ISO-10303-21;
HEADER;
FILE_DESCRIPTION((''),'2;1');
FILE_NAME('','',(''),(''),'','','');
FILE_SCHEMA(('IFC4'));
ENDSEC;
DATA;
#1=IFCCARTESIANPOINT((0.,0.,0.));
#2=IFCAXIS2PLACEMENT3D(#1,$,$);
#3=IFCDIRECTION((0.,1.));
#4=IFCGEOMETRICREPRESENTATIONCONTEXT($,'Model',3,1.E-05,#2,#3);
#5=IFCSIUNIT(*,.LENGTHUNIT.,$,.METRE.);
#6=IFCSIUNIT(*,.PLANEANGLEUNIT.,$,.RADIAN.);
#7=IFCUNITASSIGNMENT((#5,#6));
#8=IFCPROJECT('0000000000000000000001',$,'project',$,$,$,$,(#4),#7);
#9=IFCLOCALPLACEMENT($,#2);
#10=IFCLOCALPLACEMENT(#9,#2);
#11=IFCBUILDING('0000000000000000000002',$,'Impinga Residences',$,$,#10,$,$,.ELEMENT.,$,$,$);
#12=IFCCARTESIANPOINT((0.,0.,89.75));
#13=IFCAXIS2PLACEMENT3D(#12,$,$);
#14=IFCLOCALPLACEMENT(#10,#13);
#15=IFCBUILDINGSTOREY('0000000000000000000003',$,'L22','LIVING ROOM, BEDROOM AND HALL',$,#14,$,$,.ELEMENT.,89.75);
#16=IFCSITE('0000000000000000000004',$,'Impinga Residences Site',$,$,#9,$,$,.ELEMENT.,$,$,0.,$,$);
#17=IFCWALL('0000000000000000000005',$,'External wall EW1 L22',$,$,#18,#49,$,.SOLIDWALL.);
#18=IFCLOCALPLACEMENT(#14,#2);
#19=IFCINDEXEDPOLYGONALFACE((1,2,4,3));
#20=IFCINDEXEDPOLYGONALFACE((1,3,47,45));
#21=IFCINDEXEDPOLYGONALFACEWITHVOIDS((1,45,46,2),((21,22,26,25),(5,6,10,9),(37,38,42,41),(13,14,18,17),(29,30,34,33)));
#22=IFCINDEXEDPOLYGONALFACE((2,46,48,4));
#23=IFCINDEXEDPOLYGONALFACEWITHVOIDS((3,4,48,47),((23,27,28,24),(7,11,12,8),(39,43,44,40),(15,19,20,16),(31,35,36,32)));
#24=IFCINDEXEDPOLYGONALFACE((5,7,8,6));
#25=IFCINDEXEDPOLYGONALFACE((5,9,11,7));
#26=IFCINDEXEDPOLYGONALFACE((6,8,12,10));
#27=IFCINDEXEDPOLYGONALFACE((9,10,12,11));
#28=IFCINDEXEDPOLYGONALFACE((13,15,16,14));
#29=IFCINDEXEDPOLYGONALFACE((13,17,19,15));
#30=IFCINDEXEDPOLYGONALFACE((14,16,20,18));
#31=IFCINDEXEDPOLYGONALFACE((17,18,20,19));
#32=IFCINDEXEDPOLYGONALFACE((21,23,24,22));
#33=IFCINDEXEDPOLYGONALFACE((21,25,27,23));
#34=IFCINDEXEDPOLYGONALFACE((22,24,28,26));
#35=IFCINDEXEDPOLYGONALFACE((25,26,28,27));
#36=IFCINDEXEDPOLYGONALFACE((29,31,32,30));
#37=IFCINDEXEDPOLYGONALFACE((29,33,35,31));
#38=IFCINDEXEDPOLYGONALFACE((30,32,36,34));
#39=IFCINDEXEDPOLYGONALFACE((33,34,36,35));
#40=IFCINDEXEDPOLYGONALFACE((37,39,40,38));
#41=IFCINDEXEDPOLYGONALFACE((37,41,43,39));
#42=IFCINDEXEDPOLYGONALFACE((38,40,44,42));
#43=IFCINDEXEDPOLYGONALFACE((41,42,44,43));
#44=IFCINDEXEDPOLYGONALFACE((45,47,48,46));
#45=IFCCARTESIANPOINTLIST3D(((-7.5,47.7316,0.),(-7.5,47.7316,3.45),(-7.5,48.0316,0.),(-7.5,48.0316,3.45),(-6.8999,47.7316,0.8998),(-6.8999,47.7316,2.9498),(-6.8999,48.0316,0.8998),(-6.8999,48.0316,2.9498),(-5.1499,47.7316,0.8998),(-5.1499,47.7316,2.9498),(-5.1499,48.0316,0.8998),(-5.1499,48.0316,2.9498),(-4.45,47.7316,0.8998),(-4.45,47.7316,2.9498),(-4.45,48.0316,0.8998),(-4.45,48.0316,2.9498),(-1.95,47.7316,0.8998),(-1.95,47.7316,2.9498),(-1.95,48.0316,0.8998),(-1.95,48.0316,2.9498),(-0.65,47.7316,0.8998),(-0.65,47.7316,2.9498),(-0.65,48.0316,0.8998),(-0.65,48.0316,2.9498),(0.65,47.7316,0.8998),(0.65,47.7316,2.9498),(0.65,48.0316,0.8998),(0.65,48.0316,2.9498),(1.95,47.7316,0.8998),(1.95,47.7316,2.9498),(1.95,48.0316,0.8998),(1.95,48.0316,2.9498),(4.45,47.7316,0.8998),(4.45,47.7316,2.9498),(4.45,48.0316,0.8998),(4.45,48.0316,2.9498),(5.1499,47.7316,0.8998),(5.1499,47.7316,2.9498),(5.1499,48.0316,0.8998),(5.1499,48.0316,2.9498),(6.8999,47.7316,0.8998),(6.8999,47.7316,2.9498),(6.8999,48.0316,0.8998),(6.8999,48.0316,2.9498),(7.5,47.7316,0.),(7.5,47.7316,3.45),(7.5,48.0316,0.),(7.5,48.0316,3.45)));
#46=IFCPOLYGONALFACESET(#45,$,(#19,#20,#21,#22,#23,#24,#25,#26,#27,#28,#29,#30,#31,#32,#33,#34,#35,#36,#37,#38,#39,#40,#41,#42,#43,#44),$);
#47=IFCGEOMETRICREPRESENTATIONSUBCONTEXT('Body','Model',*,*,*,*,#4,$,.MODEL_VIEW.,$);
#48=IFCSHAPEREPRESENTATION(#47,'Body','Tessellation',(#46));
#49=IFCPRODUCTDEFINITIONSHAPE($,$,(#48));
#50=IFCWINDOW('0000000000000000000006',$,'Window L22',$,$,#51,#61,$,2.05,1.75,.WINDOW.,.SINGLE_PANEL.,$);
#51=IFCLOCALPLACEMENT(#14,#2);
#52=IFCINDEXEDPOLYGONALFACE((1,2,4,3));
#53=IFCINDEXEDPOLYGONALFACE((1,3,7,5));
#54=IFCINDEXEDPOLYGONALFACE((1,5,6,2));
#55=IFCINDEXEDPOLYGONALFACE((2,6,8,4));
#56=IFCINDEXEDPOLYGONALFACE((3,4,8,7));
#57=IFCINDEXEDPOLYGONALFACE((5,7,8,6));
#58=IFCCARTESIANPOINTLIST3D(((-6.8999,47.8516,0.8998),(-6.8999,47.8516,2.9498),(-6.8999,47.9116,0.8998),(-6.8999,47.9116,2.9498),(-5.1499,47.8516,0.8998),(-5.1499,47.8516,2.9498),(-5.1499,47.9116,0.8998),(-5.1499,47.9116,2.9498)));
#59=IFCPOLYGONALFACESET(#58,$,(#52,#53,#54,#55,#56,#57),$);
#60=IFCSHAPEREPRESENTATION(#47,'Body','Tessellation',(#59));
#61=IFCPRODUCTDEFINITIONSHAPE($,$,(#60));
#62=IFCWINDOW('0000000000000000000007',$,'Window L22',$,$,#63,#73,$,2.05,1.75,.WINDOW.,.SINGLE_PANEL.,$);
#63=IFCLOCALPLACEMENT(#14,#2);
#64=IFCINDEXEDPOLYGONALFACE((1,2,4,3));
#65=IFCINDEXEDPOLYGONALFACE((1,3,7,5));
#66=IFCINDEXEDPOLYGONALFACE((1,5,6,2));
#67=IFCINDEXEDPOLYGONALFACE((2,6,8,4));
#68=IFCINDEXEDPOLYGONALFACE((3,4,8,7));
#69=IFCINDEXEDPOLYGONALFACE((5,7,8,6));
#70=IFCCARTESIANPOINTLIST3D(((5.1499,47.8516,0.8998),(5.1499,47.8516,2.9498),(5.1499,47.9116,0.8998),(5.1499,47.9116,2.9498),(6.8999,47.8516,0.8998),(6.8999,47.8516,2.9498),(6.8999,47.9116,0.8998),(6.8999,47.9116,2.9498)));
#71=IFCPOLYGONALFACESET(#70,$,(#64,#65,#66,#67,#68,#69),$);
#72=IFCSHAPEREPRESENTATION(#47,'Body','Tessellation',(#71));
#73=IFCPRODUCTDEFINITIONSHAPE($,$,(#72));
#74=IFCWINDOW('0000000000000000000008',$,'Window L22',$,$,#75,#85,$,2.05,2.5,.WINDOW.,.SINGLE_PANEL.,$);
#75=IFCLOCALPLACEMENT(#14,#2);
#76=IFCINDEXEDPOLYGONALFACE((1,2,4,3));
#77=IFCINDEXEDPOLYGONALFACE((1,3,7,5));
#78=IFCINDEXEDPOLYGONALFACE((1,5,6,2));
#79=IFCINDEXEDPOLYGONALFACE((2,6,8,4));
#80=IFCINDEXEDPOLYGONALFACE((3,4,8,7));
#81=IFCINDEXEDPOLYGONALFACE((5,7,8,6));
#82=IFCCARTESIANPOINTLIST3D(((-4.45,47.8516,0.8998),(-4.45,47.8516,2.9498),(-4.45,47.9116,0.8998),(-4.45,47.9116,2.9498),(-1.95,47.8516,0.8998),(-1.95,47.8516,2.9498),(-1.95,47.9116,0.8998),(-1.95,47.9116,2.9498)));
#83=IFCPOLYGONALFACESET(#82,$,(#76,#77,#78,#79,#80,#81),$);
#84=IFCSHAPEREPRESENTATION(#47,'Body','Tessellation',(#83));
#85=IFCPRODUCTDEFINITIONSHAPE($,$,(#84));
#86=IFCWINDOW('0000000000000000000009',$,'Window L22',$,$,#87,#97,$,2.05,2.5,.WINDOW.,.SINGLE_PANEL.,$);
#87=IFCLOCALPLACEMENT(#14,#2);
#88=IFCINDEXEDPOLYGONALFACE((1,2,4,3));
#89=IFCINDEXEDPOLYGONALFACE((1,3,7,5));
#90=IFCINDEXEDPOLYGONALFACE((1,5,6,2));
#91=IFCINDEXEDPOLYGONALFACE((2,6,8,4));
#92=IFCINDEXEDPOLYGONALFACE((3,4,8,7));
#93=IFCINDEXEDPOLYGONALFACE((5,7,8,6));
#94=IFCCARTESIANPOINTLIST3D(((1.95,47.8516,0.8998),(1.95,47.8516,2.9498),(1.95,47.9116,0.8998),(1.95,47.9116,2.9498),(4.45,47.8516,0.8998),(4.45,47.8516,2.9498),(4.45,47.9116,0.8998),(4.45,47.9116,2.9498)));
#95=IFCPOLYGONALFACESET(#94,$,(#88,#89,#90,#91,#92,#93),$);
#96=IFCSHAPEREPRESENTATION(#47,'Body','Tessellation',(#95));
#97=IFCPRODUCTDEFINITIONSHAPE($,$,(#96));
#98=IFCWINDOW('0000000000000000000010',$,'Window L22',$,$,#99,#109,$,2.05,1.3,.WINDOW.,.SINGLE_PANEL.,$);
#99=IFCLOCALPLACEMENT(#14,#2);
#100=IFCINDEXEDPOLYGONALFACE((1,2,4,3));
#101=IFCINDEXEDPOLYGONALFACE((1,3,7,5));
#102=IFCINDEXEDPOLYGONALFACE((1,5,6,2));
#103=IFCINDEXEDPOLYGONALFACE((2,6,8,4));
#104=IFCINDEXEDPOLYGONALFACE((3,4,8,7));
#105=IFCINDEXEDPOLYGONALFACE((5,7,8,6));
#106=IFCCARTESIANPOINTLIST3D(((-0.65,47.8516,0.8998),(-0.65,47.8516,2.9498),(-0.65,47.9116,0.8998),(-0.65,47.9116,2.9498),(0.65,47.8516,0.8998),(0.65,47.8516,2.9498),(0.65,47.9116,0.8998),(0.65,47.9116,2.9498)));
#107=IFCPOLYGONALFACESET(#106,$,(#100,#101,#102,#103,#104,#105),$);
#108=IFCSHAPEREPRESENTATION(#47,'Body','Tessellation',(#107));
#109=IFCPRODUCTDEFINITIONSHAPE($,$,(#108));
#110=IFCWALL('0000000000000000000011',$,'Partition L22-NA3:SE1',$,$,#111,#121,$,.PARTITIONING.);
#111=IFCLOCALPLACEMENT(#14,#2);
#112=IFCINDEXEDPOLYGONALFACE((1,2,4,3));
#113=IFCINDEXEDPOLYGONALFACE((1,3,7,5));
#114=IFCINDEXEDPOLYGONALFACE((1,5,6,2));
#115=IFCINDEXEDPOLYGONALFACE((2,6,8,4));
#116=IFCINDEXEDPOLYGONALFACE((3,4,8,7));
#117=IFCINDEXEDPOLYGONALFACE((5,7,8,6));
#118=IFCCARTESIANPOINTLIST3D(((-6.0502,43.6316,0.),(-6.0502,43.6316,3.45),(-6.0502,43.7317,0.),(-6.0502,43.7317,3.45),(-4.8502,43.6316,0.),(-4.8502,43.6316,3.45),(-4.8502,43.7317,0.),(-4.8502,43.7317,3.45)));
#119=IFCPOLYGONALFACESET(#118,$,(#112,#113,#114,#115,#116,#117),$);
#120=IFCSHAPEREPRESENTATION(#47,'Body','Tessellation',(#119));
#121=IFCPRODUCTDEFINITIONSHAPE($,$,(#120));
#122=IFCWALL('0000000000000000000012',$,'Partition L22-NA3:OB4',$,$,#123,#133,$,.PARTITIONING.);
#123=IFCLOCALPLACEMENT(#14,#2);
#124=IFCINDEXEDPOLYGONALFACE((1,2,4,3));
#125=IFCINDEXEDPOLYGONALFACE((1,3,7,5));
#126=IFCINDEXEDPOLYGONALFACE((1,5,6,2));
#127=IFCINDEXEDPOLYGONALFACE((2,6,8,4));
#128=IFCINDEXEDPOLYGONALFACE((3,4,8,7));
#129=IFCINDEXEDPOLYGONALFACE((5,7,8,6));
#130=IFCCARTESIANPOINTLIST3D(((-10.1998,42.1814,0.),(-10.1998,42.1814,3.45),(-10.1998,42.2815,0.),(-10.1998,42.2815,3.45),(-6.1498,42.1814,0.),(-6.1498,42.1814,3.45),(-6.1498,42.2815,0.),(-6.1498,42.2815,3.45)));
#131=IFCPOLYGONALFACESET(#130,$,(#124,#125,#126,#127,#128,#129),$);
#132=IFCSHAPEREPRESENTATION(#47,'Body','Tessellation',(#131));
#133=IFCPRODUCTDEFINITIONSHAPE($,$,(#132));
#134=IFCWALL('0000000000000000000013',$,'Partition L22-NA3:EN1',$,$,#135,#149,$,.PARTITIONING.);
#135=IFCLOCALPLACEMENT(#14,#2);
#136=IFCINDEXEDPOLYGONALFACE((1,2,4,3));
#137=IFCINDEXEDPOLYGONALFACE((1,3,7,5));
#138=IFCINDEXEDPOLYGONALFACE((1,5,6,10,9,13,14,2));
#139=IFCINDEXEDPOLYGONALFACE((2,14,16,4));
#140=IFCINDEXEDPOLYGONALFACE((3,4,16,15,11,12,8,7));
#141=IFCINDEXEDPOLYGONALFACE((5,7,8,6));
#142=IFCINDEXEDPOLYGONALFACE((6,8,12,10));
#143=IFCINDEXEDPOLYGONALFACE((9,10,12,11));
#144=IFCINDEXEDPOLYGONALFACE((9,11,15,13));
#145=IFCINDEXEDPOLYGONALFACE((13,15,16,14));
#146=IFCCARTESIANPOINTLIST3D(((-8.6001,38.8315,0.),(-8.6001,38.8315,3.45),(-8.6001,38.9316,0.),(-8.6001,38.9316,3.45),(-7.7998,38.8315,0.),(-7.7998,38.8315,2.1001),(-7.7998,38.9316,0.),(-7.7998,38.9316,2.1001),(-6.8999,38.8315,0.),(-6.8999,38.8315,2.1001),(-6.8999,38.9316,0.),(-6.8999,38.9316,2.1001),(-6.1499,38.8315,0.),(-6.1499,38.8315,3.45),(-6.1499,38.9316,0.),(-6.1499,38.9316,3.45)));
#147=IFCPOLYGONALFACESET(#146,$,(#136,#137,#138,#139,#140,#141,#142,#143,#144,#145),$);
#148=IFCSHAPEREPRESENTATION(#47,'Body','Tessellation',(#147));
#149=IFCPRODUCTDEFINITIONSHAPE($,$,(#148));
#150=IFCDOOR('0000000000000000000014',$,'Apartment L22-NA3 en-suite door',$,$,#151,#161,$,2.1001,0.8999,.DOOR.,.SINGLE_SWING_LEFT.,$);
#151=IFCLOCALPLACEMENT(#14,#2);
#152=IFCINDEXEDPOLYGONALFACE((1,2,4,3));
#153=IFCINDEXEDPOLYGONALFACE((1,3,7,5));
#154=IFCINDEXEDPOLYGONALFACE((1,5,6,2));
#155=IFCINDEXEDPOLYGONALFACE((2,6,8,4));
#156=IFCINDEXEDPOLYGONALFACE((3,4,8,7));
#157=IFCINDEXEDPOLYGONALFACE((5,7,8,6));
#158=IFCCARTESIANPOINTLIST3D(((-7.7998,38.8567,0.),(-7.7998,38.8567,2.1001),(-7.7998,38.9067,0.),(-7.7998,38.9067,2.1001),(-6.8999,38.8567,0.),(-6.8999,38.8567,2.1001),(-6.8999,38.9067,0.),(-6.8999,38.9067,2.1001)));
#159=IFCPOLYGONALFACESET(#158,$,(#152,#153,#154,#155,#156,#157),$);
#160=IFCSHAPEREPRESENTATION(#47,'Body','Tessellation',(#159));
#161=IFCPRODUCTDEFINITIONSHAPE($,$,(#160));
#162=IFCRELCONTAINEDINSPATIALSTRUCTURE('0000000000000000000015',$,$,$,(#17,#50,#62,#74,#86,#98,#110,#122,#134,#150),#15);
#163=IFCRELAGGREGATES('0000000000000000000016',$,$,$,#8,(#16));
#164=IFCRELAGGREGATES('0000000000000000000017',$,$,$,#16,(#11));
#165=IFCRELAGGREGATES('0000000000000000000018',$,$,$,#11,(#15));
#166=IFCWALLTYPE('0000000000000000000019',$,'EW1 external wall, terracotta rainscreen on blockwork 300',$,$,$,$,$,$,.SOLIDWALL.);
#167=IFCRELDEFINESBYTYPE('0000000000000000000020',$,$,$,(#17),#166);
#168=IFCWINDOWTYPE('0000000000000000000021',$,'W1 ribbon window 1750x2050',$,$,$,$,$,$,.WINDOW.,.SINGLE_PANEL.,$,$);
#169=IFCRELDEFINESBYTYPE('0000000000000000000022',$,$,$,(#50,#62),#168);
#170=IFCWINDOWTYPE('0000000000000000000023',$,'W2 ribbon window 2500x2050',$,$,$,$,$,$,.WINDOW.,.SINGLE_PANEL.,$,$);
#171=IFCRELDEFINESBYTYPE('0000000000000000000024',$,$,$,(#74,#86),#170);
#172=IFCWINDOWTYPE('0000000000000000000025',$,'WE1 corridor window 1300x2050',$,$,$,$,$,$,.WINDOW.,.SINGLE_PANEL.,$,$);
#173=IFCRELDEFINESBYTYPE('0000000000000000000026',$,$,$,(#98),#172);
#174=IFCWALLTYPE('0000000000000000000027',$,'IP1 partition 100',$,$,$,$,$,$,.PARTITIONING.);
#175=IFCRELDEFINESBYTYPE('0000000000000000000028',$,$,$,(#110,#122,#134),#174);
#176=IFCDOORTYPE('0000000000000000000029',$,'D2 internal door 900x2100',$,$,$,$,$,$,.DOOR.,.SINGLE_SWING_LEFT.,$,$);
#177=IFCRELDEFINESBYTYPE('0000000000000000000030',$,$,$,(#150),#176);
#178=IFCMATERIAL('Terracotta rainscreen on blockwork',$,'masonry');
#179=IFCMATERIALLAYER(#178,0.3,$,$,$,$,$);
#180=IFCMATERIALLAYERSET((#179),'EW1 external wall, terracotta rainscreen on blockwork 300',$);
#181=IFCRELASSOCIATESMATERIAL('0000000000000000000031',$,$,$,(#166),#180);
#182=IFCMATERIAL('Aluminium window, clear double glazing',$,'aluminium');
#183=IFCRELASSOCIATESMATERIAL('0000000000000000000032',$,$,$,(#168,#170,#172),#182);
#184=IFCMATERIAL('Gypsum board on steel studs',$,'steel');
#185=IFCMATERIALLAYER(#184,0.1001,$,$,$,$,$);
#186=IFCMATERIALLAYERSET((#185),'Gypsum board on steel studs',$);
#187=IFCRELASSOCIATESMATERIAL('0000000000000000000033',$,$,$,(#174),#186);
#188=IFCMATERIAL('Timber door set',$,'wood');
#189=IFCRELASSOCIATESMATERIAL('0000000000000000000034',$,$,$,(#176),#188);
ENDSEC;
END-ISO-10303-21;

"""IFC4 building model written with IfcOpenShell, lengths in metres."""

from ifc_helpers import new_model, si_unit, direction, frame, frame_2d, origin, place, context, subcontext, project, spatial, rectangle, extrude, material, layer, layer_set, type_object, element, fill, save


model = new_model("IFC4")

# Units and contexts
model_context = context("Model", 3, precision=1e-05, world=origin(), true_north=direction((0.0, 1.0)))
body_context = subcontext(model_context, "Body", "Model", "MODEL_VIEW")
ifc_project = project(units=[si_unit("LENGTHUNIT", "METRE"), si_unit("PLANEANGLEUNIT", "RADIAN")], contexts=[model_context])

# Site, building, storey
site_placement = place(None, origin())
site = spatial("IfcSite", under=ifc_project, at=site_placement, Name="Impinga Residences Site", CompositionType="ELEMENT", RefElevation=0.0)
building_placement = place(site_placement, origin())
building = spatial("IfcBuilding", under=site, at=building_placement, Name="Impinga Residences", CompositionType="ELEMENT")
storey_placement = place(building_placement, frame((0.0, 0.0, 89.75)))
storey = spatial("IfcBuildingStorey", under=building, at=storey_placement, Name="L22", Description="LIVING ROOM, BEDROOM AND HALL", CompositionType="ELEMENT", Elevation=89.75)

# Shared definitions
ifc_material_1 = material(Name="Terracotta rainscreen on blockwork", Category="masonry")
ifc_layer_1 = layer(ifc_material_1, 0.3)
ifc_layer_set_1 = layer_set([ifc_layer_1], Name="EW1 external wall, terracotta rainscreen on blockwork 300")
wall_type_1 = type_object("IfcWallType", Name="EW1 external wall, terracotta rainscreen on blockwork 300", PredefinedType="SOLIDWALL", material=ifc_layer_set_1)

# Wall, openings, windows
wall_1_placement = place(storey_placement, frame((-7.5, 47.8816, 0.0), z_axis=(0.0, 0.0, 1.0), x_axis=(1.0, 0.0, 0.0)))
wall_1 = element("IfcWall", 1, at=wall_1_placement, inside=storey, type_object=wall_type_1, Name="External wall EW1 L22", PredefinedType="SOLIDWALL", context=body_context, shape_type="SweptSolid", body=[
    extrude(rectangle(XDim=15.0, YDim=0.3, at=frame_2d((7.5, 0.0))), origin(), (0.0, 0.0, 1.0), 3.45),
])
opening_1_placement = place(wall_1_placement, frame((0.6001, 0.0, 0.8999)))
opening_1 = element("IfcOpeningElement", 2, at=opening_1_placement, cuts=wall_1, PredefinedType="OPENING", context=body_context, shape_type="SweptSolid", body=[
    extrude(rectangle(XDim=1.75, YDim=2.05, at=frame_2d((0.875, 1.0249))), frame((0.0, 0.1599, 0.0), z_axis=(0.0, -1.0, 0.0), x_axis=(1.0, 0.0, 0.0)), (0.0, 0.0, 1.0), 0.3201),
])
opening_2_placement = place(wall_1_placement, frame((3.05, 0.0, 0.8999)))
opening_2 = element("IfcOpeningElement", 3, at=opening_2_placement, cuts=wall_1, PredefinedType="OPENING", context=body_context, shape_type="SweptSolid", body=[
    extrude(rectangle(XDim=2.5, YDim=2.05, at=frame_2d((1.25, 1.0249))), frame((0.0, 0.1599, 0.0), z_axis=(0.0, -1.0, 0.0), x_axis=(1.0, 0.0, 0.0)), (0.0, 0.0, 1.0), 0.3201),
])
opening_3_placement = place(wall_1_placement, frame((6.8501, 0.0, 0.8999)))
opening_3 = element("IfcOpeningElement", 4, at=opening_3_placement, cuts=wall_1, PredefinedType="OPENING", context=body_context, shape_type="SweptSolid", body=[
    extrude(rectangle(XDim=1.3, YDim=2.05, at=frame_2d((0.6499, 1.0249))), frame((0.0, 0.1599, 0.0), z_axis=(0.0, -1.0, 0.0), x_axis=(1.0, 0.0, 0.0)), (0.0, 0.0, 1.0), 0.3201),
])
opening_4_placement = place(wall_1_placement, frame((9.45, 0.0, 0.8999)))
opening_4 = element("IfcOpeningElement", 5, at=opening_4_placement, cuts=wall_1, PredefinedType="OPENING", context=body_context, shape_type="SweptSolid", body=[
    extrude(rectangle(XDim=2.5, YDim=2.05, at=frame_2d((1.25, 1.0249))), frame((0.0, 0.1599, 0.0), z_axis=(0.0, -1.0, 0.0), x_axis=(1.0, 0.0, 0.0)), (0.0, 0.0, 1.0), 0.3201),
])
opening_5_placement = place(wall_1_placement, frame((12.6499, 0.0, 0.8999)))
opening_5 = element("IfcOpeningElement", 6, at=opening_5_placement, cuts=wall_1, PredefinedType="OPENING", context=body_context, shape_type="SweptSolid", body=[
    extrude(rectangle(XDim=1.75, YDim=2.05, at=frame_2d((0.875, 1.0249))), frame((0.0, 0.1599, 0.0), z_axis=(0.0, -1.0, 0.0), x_axis=(1.0, 0.0, 0.0)), (0.0, 0.0, 1.0), 0.3201),
])
ifc_material_2 = material(Name="Aluminium window, clear double glazing", Category="aluminium")
window_type_1 = type_object("IfcWindowType", Name="W1 ribbon window 1750x2050", PartitioningType="SINGLE_PANEL", PredefinedType="WINDOW", material=ifc_material_2)
window_1_placement = place(opening_1_placement, origin())
window_1 = element("IfcWindow", 7, at=window_1_placement, inside=storey, type_object=window_type_1, Name="Window L22", OverallHeight=2.05, OverallWidth=1.75, PartitioningType="SINGLE_PANEL", PredefinedType="WINDOW", context=body_context, shape_type="SweptSolid", body=[
    extrude(rectangle(XDim=1.75, YDim=2.05, at=frame_2d((0.875, 1.0249))), frame((0.0, 0.03, 0.0), z_axis=(0.0, -1.0, 0.0), x_axis=(1.0, 0.0, 0.0)), (0.0, 0.0, 1.0), 0.0601),
])
fill(opening_1, window_1)
window_2_placement = place(opening_5_placement, origin())
window_2 = element("IfcWindow", 8, at=window_2_placement, inside=storey, type_object=window_type_1, Name="Window L22", OverallHeight=2.05, OverallWidth=1.75, PartitioningType="SINGLE_PANEL", PredefinedType="WINDOW", context=body_context, shape_type="SweptSolid", body=[
    extrude(rectangle(XDim=1.75, YDim=2.05, at=frame_2d((0.875, 1.0249))), frame((0.0, 0.03, 0.0), z_axis=(0.0, -1.0, 0.0), x_axis=(1.0, 0.0, 0.0)), (0.0, 0.0, 1.0), 0.0601),
])
fill(opening_5, window_2)
window_type_2 = type_object("IfcWindowType", Name="W2 ribbon window 2500x2050", PartitioningType="SINGLE_PANEL", PredefinedType="WINDOW", material=ifc_material_2)
window_3_placement = place(opening_2_placement, origin())
window_3 = element("IfcWindow", 9, at=window_3_placement, inside=storey, type_object=window_type_2, Name="Window L22", OverallHeight=2.05, OverallWidth=2.5, PartitioningType="SINGLE_PANEL", PredefinedType="WINDOW", context=body_context, shape_type="SweptSolid", body=[
    extrude(rectangle(XDim=2.5, YDim=2.05, at=frame_2d((1.25, 1.0249))), frame((0.0, 0.03, 0.0), z_axis=(0.0, -1.0, 0.0), x_axis=(1.0, 0.0, 0.0)), (0.0, 0.0, 1.0), 0.0601),
])
fill(opening_2, window_3)
window_4_placement = place(opening_4_placement, origin())
window_4 = element("IfcWindow", 10, at=window_4_placement, inside=storey, type_object=window_type_2, Name="Window L22", OverallHeight=2.05, OverallWidth=2.5, PartitioningType="SINGLE_PANEL", PredefinedType="WINDOW", context=body_context, shape_type="SweptSolid", body=[
    extrude(rectangle(XDim=2.5, YDim=2.05, at=frame_2d((1.25, 1.0249))), frame((0.0, 0.03, 0.0), z_axis=(0.0, -1.0, 0.0), x_axis=(1.0, 0.0, 0.0)), (0.0, 0.0, 1.0), 0.0601),
])
fill(opening_4, window_4)
window_type_3 = type_object("IfcWindowType", Name="WE1 corridor window 1300x2050", PartitioningType="SINGLE_PANEL", PredefinedType="WINDOW", material=ifc_material_2)
window_5_placement = place(opening_3_placement, origin())
window_5 = element("IfcWindow", 11, at=window_5_placement, inside=storey, type_object=window_type_3, Name="Window L22", OverallHeight=2.05, OverallWidth=1.3, PartitioningType="SINGLE_PANEL", PredefinedType="WINDOW", context=body_context, shape_type="SweptSolid", body=[
    extrude(rectangle(XDim=1.3, YDim=2.05, at=frame_2d((0.6499, 1.0249))), frame((0.0, 0.03, 0.0), z_axis=(0.0, -1.0, 0.0), x_axis=(1.0, 0.0, 0.0)), (0.0, 0.0, 1.0), 0.0601),
])
fill(opening_3, window_5)

# Walls
ifc_material_3 = material(Name="Gypsum board on steel studs", Category="steel")
ifc_layer_2 = layer(ifc_material_3, 0.1001)
ifc_layer_set_2 = layer_set([ifc_layer_2], Name="Gypsum board on steel studs")
wall_type_2 = type_object("IfcWallType", Name="IP1 partition 100", PredefinedType="PARTITIONING", material=ifc_layer_set_2)
wall_2_placement = place(storey_placement, frame((-4.8501, 43.6816, 0.0), z_axis=(0.0, 0.0, 1.0), x_axis=(-1.0, 0.0, 0.0)))
element("IfcWall", 12, at=wall_2_placement, inside=storey, type_object=wall_type_2, Name="Partition L22-NA3:SE1", PredefinedType="PARTITIONING", context=body_context, shape_type="SweptSolid", body=[
    extrude(rectangle(XDim=1.2, YDim=0.1001, at=frame_2d((0.6001, 0.0))), origin(), (0.0, 0.0, 1.0), 3.45),
])
wall_3_placement = place(storey_placement, frame((-6.1499, 42.2314, 0.0), z_axis=(0.0, 0.0, 1.0), x_axis=(-1.0, 0.0, 0.0)))
element("IfcWall", 13, at=wall_3_placement, inside=storey, type_object=wall_type_2, Name="Partition L22-NA3:OB4", PredefinedType="PARTITIONING", context=body_context, shape_type="SweptSolid", body=[
    extrude(rectangle(XDim=4.05, YDim=0.1001, at=frame_2d((2.0249, 0.0))), origin(), (0.0, 0.0, 1.0), 3.45),
])

# Wall, opening, door
wall_4_placement = place(storey_placement, frame((-6.1499, 38.8816, 0.0), z_axis=(0.0, 0.0, 1.0), x_axis=(-1.0, 0.0, 0.0)))
wall_4 = element("IfcWall", 14, at=wall_4_placement, inside=storey, type_object=wall_type_2, Name="Partition L22-NA3:EN1", PredefinedType="PARTITIONING", context=body_context, shape_type="SweptSolid", body=[
    extrude(rectangle(XDim=2.4502, YDim=0.1001, at=frame_2d((1.2251, 0.0))), origin(), (0.0, 0.0, 1.0), 3.45),
])
opening_6_placement = place(wall_4_placement, frame((0.75, 0.0, 0.0)))
opening_6 = element("IfcOpeningElement", 15, at=opening_6_placement, cuts=wall_4, PredefinedType="OPENING", context=body_context, shape_type="SweptSolid", body=[
    extrude(rectangle(XDim=0.8999, YDim=2.1001, at=frame_2d((0.45, 1.05))), frame((0.0, 0.0601, 0.0), z_axis=(0.0, -1.0, 0.0), x_axis=(1.0, 0.0, 0.0)), (0.0, 0.0, 1.0), 0.1201),
])
ifc_material_4 = material(Name="Timber door set", Category="wood")
door_type = type_object("IfcDoorType", Name="D2 internal door 900x2100", OperationType="SINGLE_SWING_LEFT", PredefinedType="DOOR", material=ifc_material_4)
door_placement = place(opening_6_placement, origin())
door = element("IfcDoor", 16, at=door_placement, inside=storey, type_object=door_type, Name="Apartment L22-NA3 en-suite door", OperationType="SINGLE_SWING_LEFT", OverallHeight=2.1001, OverallWidth=0.8999, PredefinedType="DOOR", context=body_context, shape_type="SweptSolid", body=[
    extrude(rectangle(XDim=0.8999, YDim=2.1001, at=frame_2d((0.45, 1.05))), frame((0.0, 0.0249, 0.0), z_axis=(0.0, -1.0, 0.0), x_axis=(1.0, 0.0, 0.0)), (0.0, 0.0, 1.0), 0.05),
])
fill(opening_6, door)

save(model, "model.ifc")
